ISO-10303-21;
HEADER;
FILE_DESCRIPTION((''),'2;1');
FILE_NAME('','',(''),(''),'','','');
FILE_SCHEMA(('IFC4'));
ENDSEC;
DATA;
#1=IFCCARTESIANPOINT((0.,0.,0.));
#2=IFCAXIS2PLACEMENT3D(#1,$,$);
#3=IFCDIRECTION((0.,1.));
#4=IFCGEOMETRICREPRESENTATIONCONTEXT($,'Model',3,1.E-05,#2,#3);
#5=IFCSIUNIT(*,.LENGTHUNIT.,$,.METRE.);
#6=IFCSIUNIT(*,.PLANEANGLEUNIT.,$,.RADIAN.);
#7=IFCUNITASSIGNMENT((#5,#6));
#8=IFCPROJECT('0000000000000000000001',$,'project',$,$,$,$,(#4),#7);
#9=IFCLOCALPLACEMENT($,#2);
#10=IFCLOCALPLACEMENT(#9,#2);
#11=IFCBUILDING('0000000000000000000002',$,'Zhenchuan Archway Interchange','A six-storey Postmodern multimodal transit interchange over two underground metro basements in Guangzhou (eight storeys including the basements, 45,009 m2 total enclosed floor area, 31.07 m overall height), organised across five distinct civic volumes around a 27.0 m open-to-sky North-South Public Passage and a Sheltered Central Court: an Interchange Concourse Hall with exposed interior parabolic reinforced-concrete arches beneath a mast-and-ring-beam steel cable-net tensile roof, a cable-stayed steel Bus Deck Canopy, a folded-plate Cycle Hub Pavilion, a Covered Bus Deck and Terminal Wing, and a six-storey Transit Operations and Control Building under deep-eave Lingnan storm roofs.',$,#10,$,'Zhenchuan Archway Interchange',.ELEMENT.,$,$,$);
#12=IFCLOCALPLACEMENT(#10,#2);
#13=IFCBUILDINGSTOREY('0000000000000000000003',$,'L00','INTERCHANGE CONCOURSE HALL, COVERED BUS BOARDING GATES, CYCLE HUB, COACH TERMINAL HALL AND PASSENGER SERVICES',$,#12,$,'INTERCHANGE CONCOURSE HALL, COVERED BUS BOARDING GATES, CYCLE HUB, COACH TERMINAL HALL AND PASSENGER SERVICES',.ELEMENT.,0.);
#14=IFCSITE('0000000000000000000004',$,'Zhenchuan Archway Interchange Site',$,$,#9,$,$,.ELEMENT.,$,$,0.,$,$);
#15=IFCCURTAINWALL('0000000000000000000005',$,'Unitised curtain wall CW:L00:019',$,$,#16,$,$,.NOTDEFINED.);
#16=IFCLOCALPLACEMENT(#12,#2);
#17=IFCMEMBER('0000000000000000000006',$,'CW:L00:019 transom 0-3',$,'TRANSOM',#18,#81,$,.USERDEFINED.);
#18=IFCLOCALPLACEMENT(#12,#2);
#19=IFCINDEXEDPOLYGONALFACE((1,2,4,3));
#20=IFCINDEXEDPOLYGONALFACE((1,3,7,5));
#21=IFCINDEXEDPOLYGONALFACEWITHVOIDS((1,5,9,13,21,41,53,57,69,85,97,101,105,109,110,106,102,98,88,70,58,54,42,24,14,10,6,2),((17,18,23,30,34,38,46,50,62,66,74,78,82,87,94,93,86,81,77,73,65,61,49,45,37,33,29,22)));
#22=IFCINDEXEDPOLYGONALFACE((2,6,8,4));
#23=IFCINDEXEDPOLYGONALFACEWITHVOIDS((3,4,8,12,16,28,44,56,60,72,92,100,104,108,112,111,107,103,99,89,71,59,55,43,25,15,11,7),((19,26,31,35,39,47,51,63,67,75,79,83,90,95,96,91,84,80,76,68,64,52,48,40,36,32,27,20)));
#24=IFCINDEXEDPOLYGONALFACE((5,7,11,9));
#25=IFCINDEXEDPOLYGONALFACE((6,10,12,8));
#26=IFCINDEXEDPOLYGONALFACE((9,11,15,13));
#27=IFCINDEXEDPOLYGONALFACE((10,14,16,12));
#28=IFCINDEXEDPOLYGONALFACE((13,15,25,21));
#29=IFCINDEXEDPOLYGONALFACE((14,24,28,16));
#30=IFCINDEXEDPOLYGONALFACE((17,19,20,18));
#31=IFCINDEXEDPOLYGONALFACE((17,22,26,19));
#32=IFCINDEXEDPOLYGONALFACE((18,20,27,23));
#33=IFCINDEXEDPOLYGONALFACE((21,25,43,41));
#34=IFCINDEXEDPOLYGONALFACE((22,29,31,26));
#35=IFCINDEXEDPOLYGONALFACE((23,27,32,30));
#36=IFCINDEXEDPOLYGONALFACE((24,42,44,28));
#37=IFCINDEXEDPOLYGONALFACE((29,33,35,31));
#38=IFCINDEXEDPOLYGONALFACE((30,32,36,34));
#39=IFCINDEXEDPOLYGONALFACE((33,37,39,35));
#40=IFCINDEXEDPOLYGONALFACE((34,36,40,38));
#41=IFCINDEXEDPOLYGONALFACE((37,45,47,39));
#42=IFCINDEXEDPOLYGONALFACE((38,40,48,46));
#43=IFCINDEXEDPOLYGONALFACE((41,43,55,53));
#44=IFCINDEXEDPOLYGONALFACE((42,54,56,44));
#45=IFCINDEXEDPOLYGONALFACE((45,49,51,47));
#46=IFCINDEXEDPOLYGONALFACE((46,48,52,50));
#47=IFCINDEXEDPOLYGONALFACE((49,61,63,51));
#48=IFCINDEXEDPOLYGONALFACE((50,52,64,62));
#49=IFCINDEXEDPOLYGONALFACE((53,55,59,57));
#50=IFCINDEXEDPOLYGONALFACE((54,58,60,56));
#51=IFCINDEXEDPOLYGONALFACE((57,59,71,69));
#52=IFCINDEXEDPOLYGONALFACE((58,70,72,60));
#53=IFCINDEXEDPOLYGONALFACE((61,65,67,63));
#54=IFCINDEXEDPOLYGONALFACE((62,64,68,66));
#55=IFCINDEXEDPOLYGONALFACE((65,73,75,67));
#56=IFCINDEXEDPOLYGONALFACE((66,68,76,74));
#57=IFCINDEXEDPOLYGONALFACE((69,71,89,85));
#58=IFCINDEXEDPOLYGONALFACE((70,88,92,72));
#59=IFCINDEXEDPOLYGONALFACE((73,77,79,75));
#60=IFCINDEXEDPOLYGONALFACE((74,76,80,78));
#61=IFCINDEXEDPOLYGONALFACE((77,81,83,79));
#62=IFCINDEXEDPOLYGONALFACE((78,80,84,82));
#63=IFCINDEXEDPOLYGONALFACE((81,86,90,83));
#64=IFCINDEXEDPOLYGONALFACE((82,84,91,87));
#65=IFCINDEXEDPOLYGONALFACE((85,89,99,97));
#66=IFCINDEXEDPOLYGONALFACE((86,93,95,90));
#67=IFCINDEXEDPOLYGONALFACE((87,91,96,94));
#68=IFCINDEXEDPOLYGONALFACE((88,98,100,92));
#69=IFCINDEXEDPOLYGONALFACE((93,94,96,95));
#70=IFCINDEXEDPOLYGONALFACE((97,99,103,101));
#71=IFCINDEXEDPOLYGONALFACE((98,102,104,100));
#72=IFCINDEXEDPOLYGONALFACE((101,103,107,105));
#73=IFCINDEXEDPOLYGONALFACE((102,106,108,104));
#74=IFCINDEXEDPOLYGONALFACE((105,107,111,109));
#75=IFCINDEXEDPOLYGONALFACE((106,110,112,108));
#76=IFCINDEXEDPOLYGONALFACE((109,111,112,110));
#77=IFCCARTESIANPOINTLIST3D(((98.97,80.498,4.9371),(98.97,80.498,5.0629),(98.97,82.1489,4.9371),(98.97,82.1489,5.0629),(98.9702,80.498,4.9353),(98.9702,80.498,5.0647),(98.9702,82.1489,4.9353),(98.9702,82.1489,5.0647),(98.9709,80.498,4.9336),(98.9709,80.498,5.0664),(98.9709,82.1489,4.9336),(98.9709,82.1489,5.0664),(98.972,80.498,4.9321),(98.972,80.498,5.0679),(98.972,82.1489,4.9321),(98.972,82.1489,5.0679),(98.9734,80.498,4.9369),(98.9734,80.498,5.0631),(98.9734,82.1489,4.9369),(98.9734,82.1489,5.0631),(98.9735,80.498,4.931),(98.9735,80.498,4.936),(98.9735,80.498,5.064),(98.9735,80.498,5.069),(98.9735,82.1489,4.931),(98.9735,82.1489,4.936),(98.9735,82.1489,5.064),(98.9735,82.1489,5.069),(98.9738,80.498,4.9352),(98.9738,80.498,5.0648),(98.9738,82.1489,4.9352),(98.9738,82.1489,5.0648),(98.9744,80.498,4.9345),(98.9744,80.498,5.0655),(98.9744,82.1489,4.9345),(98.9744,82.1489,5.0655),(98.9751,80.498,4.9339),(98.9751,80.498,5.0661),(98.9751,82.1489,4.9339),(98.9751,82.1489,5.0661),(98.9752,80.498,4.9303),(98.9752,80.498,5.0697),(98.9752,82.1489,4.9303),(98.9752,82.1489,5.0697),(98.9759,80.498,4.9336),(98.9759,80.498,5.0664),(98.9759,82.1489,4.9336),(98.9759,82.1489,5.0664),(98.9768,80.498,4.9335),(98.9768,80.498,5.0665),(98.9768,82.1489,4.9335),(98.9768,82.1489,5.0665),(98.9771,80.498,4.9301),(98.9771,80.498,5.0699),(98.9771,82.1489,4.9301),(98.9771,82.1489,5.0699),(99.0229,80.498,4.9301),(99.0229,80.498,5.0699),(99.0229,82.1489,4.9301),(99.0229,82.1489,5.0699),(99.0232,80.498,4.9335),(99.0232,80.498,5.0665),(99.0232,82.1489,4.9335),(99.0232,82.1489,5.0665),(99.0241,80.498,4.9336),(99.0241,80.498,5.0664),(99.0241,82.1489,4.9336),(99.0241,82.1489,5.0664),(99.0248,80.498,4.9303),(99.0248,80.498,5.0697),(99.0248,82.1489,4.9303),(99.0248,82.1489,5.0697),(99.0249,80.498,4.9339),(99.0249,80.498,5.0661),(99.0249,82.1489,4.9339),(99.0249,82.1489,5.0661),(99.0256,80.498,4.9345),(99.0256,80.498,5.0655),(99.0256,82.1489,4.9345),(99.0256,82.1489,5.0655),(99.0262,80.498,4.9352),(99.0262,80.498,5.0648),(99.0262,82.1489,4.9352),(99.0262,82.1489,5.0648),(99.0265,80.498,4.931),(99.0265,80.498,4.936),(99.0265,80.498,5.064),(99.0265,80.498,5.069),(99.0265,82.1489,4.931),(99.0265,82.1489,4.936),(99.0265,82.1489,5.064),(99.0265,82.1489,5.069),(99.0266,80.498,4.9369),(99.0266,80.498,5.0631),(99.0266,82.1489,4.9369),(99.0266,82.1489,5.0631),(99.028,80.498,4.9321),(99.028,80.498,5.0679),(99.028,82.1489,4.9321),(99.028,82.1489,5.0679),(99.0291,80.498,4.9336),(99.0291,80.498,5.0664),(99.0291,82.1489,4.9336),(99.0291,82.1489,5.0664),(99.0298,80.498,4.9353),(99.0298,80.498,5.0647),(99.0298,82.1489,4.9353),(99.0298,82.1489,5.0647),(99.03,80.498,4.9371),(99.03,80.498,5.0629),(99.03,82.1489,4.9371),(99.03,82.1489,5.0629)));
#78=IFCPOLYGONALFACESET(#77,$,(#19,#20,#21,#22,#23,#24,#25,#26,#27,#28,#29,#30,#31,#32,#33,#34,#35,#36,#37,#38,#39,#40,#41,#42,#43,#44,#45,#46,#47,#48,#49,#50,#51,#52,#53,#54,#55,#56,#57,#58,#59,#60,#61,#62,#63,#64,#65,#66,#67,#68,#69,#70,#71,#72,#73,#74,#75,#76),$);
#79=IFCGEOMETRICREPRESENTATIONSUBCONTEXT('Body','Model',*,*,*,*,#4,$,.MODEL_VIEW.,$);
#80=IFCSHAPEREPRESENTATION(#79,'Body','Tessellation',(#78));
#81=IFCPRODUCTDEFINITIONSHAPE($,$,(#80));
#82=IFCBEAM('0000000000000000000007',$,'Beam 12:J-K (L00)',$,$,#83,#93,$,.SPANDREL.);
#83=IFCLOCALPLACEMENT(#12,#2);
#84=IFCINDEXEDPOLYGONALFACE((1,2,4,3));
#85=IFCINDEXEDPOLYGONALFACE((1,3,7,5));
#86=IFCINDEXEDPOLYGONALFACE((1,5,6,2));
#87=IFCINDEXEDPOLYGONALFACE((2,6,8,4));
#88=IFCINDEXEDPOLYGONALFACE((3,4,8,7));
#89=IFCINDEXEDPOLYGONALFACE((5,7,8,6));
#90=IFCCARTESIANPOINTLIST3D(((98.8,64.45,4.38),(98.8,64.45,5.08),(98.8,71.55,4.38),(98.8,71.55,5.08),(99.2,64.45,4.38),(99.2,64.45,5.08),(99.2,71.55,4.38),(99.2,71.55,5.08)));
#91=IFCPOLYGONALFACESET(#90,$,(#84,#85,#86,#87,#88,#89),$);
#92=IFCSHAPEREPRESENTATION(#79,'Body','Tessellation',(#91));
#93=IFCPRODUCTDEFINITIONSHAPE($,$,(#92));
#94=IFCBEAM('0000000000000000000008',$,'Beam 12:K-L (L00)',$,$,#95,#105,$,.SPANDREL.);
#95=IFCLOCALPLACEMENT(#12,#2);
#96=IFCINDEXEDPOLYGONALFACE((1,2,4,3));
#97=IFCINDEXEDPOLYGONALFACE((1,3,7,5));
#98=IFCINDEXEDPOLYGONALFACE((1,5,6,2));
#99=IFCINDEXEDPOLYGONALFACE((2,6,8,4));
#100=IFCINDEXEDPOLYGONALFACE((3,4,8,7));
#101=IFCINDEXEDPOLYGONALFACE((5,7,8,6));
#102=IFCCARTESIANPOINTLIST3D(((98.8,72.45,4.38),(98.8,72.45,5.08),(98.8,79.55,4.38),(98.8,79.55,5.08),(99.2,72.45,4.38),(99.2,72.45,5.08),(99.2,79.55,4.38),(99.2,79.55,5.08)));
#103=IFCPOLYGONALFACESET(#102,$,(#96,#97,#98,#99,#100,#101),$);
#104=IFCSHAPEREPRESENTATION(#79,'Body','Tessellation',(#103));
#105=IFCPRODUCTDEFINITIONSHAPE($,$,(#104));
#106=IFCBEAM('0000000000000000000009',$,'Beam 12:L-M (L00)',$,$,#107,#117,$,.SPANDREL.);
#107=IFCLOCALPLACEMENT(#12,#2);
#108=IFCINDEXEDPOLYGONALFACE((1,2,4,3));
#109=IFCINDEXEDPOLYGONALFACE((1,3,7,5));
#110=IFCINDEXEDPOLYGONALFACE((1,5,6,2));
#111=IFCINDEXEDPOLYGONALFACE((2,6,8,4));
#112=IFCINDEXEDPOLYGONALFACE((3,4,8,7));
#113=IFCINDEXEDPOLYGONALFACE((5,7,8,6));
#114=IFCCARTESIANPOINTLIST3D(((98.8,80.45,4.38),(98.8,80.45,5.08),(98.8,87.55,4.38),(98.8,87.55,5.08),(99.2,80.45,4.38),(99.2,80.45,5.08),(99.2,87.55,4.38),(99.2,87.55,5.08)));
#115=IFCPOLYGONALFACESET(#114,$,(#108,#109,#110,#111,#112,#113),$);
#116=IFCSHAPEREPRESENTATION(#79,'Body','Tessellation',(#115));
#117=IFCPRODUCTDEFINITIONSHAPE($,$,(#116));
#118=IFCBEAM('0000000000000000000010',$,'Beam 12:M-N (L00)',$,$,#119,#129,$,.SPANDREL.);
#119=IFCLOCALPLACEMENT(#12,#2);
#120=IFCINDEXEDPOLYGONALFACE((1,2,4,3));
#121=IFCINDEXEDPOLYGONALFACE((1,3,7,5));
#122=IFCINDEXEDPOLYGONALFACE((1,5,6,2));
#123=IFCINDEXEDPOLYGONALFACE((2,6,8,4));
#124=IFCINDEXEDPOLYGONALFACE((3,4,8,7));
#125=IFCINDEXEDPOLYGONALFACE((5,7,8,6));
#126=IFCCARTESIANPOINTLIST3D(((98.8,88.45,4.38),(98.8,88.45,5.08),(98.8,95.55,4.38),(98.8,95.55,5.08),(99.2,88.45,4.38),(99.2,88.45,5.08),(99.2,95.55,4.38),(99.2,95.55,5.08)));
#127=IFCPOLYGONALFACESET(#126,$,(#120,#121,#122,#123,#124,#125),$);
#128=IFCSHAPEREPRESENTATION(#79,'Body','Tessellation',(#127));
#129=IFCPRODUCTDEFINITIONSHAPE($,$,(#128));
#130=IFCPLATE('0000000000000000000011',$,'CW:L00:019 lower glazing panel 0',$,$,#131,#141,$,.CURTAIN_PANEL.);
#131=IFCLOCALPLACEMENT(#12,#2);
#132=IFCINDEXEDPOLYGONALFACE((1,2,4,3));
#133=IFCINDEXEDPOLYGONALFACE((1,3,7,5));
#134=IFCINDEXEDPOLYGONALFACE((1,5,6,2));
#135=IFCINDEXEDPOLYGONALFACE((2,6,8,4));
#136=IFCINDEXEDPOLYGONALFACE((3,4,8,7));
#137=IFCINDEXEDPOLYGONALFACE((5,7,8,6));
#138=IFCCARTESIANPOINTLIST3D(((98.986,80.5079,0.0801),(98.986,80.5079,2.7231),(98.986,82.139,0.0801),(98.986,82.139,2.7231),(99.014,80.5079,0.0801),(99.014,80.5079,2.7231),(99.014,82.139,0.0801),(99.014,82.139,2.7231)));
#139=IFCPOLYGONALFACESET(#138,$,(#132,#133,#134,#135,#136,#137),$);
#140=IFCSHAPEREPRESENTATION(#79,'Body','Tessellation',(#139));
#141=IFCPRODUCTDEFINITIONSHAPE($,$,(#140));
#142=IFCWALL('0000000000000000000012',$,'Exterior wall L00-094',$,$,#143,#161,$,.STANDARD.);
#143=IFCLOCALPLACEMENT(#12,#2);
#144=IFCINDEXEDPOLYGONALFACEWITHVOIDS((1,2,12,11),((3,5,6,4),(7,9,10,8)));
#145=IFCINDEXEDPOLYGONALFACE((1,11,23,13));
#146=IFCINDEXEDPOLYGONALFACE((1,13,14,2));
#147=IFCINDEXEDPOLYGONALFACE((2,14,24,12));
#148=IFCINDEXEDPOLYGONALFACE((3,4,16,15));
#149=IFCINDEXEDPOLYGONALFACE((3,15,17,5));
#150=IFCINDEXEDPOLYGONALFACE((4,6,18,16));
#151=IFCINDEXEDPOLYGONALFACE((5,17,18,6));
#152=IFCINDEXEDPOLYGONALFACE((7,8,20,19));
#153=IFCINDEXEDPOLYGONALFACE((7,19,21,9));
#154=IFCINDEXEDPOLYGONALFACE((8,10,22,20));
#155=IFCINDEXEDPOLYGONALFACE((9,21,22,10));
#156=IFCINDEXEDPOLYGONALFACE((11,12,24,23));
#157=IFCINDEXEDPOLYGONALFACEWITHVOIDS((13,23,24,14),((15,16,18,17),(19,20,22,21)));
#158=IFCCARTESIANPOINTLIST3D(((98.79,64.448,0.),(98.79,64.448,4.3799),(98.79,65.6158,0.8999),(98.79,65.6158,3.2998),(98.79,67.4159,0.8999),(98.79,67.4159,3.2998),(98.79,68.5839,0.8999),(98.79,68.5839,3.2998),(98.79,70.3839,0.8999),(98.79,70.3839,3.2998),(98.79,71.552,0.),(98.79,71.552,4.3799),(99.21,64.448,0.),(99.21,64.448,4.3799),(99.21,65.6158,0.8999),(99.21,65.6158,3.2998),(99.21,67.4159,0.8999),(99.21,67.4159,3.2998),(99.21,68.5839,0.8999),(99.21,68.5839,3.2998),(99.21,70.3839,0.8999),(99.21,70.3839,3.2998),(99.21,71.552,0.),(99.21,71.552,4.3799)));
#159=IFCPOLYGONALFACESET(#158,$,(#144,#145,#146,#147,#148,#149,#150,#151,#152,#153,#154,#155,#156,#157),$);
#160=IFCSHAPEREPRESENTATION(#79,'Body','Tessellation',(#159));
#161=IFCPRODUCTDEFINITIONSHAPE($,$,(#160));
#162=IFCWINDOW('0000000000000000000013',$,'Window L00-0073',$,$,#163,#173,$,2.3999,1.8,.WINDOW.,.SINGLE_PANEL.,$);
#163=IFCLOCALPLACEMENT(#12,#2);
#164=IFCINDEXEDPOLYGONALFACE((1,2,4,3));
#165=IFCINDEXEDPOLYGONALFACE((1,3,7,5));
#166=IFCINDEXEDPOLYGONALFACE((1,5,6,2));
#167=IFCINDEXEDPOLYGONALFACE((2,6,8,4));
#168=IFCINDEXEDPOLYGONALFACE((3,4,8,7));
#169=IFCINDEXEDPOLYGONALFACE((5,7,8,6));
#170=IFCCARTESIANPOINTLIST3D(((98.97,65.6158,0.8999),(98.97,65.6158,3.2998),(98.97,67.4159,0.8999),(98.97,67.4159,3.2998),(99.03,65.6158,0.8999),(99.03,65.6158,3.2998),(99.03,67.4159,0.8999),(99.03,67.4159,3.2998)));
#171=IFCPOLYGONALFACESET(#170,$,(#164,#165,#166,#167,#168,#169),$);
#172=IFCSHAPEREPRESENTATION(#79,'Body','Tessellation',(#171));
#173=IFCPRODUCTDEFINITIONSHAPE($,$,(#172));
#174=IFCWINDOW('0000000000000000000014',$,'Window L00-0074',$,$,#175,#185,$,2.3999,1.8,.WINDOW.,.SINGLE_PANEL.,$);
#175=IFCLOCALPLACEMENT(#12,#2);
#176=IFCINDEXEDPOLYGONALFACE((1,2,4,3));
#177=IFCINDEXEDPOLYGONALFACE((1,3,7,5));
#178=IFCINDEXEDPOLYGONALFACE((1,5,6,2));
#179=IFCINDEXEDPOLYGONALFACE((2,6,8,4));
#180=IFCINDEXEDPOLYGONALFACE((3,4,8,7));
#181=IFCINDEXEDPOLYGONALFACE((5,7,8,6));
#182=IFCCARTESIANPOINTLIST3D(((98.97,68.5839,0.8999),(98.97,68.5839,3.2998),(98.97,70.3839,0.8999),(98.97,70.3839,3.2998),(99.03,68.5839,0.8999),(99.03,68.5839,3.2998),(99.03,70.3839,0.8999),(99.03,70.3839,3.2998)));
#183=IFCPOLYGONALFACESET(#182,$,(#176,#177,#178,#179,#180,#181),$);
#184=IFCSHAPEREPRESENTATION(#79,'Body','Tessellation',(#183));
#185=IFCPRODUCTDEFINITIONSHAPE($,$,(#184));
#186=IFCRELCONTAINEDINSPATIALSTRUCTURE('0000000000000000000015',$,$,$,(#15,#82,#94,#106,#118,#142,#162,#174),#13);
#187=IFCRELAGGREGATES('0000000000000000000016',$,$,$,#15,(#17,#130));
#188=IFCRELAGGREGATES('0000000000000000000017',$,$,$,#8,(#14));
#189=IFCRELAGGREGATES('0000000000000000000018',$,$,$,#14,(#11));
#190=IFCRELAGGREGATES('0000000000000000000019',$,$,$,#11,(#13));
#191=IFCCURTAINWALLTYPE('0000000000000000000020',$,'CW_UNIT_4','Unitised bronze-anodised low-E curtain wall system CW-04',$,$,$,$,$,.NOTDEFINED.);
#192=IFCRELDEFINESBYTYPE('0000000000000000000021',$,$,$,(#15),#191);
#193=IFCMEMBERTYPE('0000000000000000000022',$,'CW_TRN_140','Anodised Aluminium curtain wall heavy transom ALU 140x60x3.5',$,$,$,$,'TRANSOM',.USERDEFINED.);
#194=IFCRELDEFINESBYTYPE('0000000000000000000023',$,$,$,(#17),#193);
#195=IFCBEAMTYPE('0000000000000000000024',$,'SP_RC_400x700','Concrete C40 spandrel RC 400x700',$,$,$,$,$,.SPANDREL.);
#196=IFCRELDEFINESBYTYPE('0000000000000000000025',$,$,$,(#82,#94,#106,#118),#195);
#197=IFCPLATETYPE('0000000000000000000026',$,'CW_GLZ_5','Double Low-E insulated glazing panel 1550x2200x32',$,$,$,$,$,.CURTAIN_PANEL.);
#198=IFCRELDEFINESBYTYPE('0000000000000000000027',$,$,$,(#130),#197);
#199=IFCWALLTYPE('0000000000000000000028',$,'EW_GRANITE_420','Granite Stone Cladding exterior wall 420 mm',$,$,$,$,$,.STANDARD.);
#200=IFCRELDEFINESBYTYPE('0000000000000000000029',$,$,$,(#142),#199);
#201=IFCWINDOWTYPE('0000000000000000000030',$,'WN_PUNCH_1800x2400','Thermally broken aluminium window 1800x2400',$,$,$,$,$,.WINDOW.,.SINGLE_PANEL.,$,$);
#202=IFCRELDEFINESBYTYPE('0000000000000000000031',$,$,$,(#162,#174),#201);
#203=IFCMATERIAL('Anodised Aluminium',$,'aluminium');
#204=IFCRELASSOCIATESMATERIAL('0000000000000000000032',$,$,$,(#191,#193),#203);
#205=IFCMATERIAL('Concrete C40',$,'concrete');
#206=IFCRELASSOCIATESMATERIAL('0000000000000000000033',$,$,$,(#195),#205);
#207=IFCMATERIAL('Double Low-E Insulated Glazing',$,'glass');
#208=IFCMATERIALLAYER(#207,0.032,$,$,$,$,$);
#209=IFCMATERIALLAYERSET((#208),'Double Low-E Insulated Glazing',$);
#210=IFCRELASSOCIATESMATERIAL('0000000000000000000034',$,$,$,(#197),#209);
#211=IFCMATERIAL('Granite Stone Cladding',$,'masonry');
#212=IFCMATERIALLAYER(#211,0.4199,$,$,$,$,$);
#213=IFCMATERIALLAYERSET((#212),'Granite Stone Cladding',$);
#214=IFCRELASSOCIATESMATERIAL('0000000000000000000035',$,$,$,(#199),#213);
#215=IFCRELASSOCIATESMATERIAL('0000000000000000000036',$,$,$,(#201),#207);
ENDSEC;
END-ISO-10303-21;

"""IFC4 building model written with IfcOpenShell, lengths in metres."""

from ifc_helpers import new_model, si_unit, direction, frame, frame_2d, origin, origin_2d, place, context, subcontext, project, spatial, rectangle, hollow_rectangle, extrude, material, layer, layer_set, material_profile, profile_set, type_object, element, fill, aggregate, save


model = new_model("IFC4")

# Units and contexts
model_context = context("Model", 3, precision=1e-05, world=origin(), true_north=direction((0.0, 1.0)))
body_context = subcontext(model_context, "Body", "Model", "MODEL_VIEW")
ifc_project = project(units=[si_unit("LENGTHUNIT", "METRE"), si_unit("PLANEANGLEUNIT", "RADIAN")], contexts=[model_context])

# Site, building, storey
site_placement = place(None, origin())
site = spatial("IfcSite", under=ifc_project, at=site_placement, Name="Zhenchuan Archway Interchange Site", CompositionType="ELEMENT", RefElevation=0.0)
building_placement = place(site_placement, origin())
building = spatial("IfcBuilding", under=site, at=building_placement, Name="Zhenchuan Archway Interchange", Description="A six-storey Postmodern multimodal transit interchange over two underground metro basements in Guangzhou (eight storeys including the basements, 45,009 m2 total enclosed floor area, 31.07 m overall height), organised across five distinct civic volumes around a 27.0 m open-to-sky North-South Public Passage and a Sheltered Central Court: an Interchange Concourse Hall with exposed interior parabolic reinforced-concrete arches beneath a mast-and-ring-beam steel cable-net tensile roof, a cable-stayed steel Bus Deck Canopy, a folded-plate Cycle Hub Pavilion, a Covered Bus Deck and Terminal Wing, and a six-storey Transit Operations and Control Building under deep-eave Lingnan storm roofs.", LongName="Zhenchuan Archway Interchange", CompositionType="ELEMENT")
storey_placement = place(building_placement, origin())
storey = spatial("IfcBuildingStorey", under=building, at=storey_placement, Name="L00", Description="INTERCHANGE CONCOURSE HALL, COVERED BUS BOARDING GATES, CYCLE HUB, COACH TERMINAL HALL AND PASSENGER SERVICES", LongName="INTERCHANGE CONCOURSE HALL, COVERED BUS BOARDING GATES, CYCLE HUB, COACH TERMINAL HALL AND PASSENGER SERVICES", CompositionType="ELEMENT", Elevation=0.0)

# Shared definitions
ifc_material_1 = material(Name="Concrete C40", Category="concrete")

# Curtain wall, member
ifc_material_2 = material(Name="Anodised Aluminium", Category="aluminium")
curtain_wall_type = type_object("IfcCurtainWallType", Name="CW_UNIT_4", Description="Unitised bronze-anodised low-E curtain wall system CW-04", PredefinedType="NOTDEFINED", material=ifc_material_2)
curtain_wall_placement = place(storey_placement, origin())
curtain_wall = element("IfcCurtainWall", 1, at=curtain_wall_placement, inside=storey, type_object=curtain_wall_type, Name="Unitised curtain wall CW:L00:019", PredefinedType="NOTDEFINED")
ifc_material_profile_1 = material_profile(ifc_material_2, hollow_rectangle(XDim=0.0601, YDim=0.1399, WallThickness=0.0034, InnerFilletRadius=0.0034, OuterFilletRadius=0.0071, at=origin_2d()), Name="ALU 140x60x3.5")
ifc_profile_set_1 = profile_set([ifc_material_profile_1], Name="Anodised Aluminium")
member_type_1 = type_object("IfcMemberType", Name="CW_TRN_140", Description="Anodised Aluminium curtain wall heavy transom ALU 140x60x3.5", ElementType="TRANSOM", PredefinedType="USERDEFINED", material=ifc_profile_set_1)
member_1_placement = place(storey_placement, frame((99.0, 80.498, 5.0), z_axis=(0.0, 1.0, 0.0), x_axis=(-1.0, 0.0, 0.0)))
member_1 = element("IfcMember", 2, at=member_1_placement, type_object=member_type_1, Name="CW:L00:019 transom 0-3", ObjectType="TRANSOM", PredefinedType="USERDEFINED", context=body_context, shape_type="SweptSolid", body=[
    extrude(hollow_rectangle(XDim=0.0601, YDim=0.1399, WallThickness=0.0034, InnerFilletRadius=0.0034, OuterFilletRadius=0.0071, at=origin_2d()), origin(), (0.0, 0.0, 1.0), 1.6509),
])

# Beams
ifc_material_profile_2 = material_profile(ifc_material_1, rectangle(XDim=0.3999, YDim=0.7, at=origin_2d()), Name="RC 400x700")
ifc_profile_set_2 = profile_set([ifc_material_profile_2], Name="Concrete C40")
beam_type = type_object("IfcBeamType", Name="SP_RC_400x700", Description="Concrete C40 spandrel RC 400x700", PredefinedType="SPANDREL", material=ifc_profile_set_2)
for number, where, z_axis, x_axis, name in (
    (3, (99.0, 64.45, 4.73), (0.0, 1.0, 0.0), (-1.0, 0.0, 0.0), "Beam 12:J-K (L00)"),
    (4, (99.0, 72.45, 4.73), (0.0, 1.0, 0.0), (-1.0, 0.0, 0.0), "Beam 12:K-L (L00)"),
    (5, (99.0, 80.45, 4.73), (0.0, 1.0, 0.0), (-1.0, 0.0, 0.0), "Beam 12:L-M (L00)"),
    (6, (99.0, 88.45, 4.73), (0.0, 1.0, 0.0), (-1.0, 0.0, 0.0), "Beam 12:M-N (L00)"),
):
    element("IfcBeam", number, at=place(storey_placement, frame(where, z_axis=z_axis, x_axis=x_axis)), inside=storey, type_object=beam_type, Name=name, PredefinedType="SPANDREL", context=body_context, shape_type="SweptSolid", body=[
        extrude(rectangle(XDim=0.3999, YDim=0.7, at=origin_2d()), origin(), (0.0, 0.0, 1.0), 7.1001),
    ])

# Plate
ifc_material_3 = material(Name="Double Low-E Insulated Glazing", Category="glass")
ifc_layer_1 = layer(ifc_material_3, 0.032)
ifc_layer_set_1 = layer_set([ifc_layer_1], Name="Double Low-E Insulated Glazing")
plate_type = type_object("IfcPlateType", Name="CW_GLZ_5", Description="Double Low-E insulated glazing panel 1550x2200x32", PredefinedType="CURTAIN_PANEL", material=ifc_layer_set_1)
plate_placement = place(storey_placement, frame((99.0, 81.3235, 0.0801), z_axis=(0.0, 0.0, 1.0), x_axis=(0.0, 1.0, 0.0)))
plate = element("IfcPlate", 7, at=plate_placement, type_object=plate_type, Name="CW:L00:019 lower glazing panel 0", PredefinedType="CURTAIN_PANEL", context=body_context, shape_type="SweptSolid", body=[
    extrude(rectangle(XDim=1.6311, YDim=0.0281, at=origin_2d()), origin(), (0.0, 0.0, 1.0), 2.6431),
])
aggregate(curtain_wall, [member_1, plate])

# Wall, openings, windows
ifc_material_4 = material(Name="Granite Stone Cladding", Category="masonry")
ifc_layer_2 = layer(ifc_material_4, 0.4199)
ifc_layer_set_2 = layer_set([ifc_layer_2], Name="Granite Stone Cladding")
wall_type = type_object("IfcWallType", Name="EW_GRANITE_420", Description="Granite Stone Cladding exterior wall 420 mm", PredefinedType="STANDARD", material=ifc_layer_set_2)
wall_1_placement = place(storey_placement, frame((99.0, 64.448, 0.0), z_axis=(0.0, 0.0, 1.0), x_axis=(0.0, 1.0, 0.0)))
wall_1 = element("IfcWall", 8, at=wall_1_placement, inside=storey, type_object=wall_type, Name="Exterior wall L00-094", PredefinedType="STANDARD", context=body_context, shape_type="SweptSolid", body=[
    extrude(rectangle(XDim=7.104, YDim=0.4199, at=frame_2d((3.552, 0.0))), origin(), (0.0, 0.0, 1.0), 4.3799),
])
opening_1_placement = place(wall_1_placement, frame((1.168, 0.0, 0.8999)))
opening_1 = element("IfcOpeningElement", 9, at=opening_1_placement, cuts=wall_1, PredefinedType="OPENING", context=body_context, shape_type="SweptSolid", body=[
    extrude(rectangle(XDim=1.8, YDim=2.3999, at=frame_2d((0.8999, 1.2))), frame((0.0, 0.2219, 0.0), z_axis=(0.0, -1.0, 0.0), x_axis=(1.0, 0.0, 0.0)), (0.0, 0.0, 1.0), 0.4438),
])
opening_2_placement = place(wall_1_placement, frame((4.136, 0.0, 0.8999)))
opening_2 = element("IfcOpeningElement", 10, at=opening_2_placement, cuts=wall_1, PredefinedType="OPENING", context=body_context, shape_type="SweptSolid", body=[
    extrude(rectangle(XDim=1.8, YDim=2.3999, at=frame_2d((0.8999, 1.2))), frame((0.0, 0.2219, 0.0), z_axis=(0.0, -1.0, 0.0), x_axis=(1.0, 0.0, 0.0)), (0.0, 0.0, 1.0), 0.4438),
])
window_type = type_object("IfcWindowType", Name="WN_PUNCH_1800x2400", Description="Thermally broken aluminium window 1800x2400", PartitioningType="SINGLE_PANEL", PredefinedType="WINDOW", material=ifc_material_3)
window_1_placement = place(opening_1_placement, origin())
window_1 = element("IfcWindow", 11, at=window_1_placement, inside=storey, type_object=window_type, Name="Window L00-0073", OverallHeight=2.3999, OverallWidth=1.8, PartitioningType="SINGLE_PANEL", PredefinedType="WINDOW", context=body_context, shape_type="SweptSolid", body=[
    extrude(rectangle(XDim=1.8, YDim=2.3999, at=frame_2d((0.8999, 1.2))), frame((0.0, 0.03, 0.0), z_axis=(0.0, -1.0, 0.0), x_axis=(1.0, 0.0, 0.0)), (0.0, 0.0, 1.0), 0.0601),
])
fill(opening_1, window_1)
window_2_placement = place(opening_2_placement, origin())
window_2 = element("IfcWindow", 12, at=window_2_placement, inside=storey, type_object=window_type, Name="Window L00-0074", OverallHeight=2.3999, OverallWidth=1.8, PartitioningType="SINGLE_PANEL", PredefinedType="WINDOW", context=body_context, shape_type="SweptSolid", body=[
    extrude(rectangle(XDim=1.8, YDim=2.3999, at=frame_2d((0.8999, 1.2))), frame((0.0, 0.03, 0.0), z_axis=(0.0, -1.0, 0.0), x_axis=(1.0, 0.0, 0.0)), (0.0, 0.0, 1.0), 0.0601),
])
fill(opening_2, window_2)

save(model, "model.ifc")
